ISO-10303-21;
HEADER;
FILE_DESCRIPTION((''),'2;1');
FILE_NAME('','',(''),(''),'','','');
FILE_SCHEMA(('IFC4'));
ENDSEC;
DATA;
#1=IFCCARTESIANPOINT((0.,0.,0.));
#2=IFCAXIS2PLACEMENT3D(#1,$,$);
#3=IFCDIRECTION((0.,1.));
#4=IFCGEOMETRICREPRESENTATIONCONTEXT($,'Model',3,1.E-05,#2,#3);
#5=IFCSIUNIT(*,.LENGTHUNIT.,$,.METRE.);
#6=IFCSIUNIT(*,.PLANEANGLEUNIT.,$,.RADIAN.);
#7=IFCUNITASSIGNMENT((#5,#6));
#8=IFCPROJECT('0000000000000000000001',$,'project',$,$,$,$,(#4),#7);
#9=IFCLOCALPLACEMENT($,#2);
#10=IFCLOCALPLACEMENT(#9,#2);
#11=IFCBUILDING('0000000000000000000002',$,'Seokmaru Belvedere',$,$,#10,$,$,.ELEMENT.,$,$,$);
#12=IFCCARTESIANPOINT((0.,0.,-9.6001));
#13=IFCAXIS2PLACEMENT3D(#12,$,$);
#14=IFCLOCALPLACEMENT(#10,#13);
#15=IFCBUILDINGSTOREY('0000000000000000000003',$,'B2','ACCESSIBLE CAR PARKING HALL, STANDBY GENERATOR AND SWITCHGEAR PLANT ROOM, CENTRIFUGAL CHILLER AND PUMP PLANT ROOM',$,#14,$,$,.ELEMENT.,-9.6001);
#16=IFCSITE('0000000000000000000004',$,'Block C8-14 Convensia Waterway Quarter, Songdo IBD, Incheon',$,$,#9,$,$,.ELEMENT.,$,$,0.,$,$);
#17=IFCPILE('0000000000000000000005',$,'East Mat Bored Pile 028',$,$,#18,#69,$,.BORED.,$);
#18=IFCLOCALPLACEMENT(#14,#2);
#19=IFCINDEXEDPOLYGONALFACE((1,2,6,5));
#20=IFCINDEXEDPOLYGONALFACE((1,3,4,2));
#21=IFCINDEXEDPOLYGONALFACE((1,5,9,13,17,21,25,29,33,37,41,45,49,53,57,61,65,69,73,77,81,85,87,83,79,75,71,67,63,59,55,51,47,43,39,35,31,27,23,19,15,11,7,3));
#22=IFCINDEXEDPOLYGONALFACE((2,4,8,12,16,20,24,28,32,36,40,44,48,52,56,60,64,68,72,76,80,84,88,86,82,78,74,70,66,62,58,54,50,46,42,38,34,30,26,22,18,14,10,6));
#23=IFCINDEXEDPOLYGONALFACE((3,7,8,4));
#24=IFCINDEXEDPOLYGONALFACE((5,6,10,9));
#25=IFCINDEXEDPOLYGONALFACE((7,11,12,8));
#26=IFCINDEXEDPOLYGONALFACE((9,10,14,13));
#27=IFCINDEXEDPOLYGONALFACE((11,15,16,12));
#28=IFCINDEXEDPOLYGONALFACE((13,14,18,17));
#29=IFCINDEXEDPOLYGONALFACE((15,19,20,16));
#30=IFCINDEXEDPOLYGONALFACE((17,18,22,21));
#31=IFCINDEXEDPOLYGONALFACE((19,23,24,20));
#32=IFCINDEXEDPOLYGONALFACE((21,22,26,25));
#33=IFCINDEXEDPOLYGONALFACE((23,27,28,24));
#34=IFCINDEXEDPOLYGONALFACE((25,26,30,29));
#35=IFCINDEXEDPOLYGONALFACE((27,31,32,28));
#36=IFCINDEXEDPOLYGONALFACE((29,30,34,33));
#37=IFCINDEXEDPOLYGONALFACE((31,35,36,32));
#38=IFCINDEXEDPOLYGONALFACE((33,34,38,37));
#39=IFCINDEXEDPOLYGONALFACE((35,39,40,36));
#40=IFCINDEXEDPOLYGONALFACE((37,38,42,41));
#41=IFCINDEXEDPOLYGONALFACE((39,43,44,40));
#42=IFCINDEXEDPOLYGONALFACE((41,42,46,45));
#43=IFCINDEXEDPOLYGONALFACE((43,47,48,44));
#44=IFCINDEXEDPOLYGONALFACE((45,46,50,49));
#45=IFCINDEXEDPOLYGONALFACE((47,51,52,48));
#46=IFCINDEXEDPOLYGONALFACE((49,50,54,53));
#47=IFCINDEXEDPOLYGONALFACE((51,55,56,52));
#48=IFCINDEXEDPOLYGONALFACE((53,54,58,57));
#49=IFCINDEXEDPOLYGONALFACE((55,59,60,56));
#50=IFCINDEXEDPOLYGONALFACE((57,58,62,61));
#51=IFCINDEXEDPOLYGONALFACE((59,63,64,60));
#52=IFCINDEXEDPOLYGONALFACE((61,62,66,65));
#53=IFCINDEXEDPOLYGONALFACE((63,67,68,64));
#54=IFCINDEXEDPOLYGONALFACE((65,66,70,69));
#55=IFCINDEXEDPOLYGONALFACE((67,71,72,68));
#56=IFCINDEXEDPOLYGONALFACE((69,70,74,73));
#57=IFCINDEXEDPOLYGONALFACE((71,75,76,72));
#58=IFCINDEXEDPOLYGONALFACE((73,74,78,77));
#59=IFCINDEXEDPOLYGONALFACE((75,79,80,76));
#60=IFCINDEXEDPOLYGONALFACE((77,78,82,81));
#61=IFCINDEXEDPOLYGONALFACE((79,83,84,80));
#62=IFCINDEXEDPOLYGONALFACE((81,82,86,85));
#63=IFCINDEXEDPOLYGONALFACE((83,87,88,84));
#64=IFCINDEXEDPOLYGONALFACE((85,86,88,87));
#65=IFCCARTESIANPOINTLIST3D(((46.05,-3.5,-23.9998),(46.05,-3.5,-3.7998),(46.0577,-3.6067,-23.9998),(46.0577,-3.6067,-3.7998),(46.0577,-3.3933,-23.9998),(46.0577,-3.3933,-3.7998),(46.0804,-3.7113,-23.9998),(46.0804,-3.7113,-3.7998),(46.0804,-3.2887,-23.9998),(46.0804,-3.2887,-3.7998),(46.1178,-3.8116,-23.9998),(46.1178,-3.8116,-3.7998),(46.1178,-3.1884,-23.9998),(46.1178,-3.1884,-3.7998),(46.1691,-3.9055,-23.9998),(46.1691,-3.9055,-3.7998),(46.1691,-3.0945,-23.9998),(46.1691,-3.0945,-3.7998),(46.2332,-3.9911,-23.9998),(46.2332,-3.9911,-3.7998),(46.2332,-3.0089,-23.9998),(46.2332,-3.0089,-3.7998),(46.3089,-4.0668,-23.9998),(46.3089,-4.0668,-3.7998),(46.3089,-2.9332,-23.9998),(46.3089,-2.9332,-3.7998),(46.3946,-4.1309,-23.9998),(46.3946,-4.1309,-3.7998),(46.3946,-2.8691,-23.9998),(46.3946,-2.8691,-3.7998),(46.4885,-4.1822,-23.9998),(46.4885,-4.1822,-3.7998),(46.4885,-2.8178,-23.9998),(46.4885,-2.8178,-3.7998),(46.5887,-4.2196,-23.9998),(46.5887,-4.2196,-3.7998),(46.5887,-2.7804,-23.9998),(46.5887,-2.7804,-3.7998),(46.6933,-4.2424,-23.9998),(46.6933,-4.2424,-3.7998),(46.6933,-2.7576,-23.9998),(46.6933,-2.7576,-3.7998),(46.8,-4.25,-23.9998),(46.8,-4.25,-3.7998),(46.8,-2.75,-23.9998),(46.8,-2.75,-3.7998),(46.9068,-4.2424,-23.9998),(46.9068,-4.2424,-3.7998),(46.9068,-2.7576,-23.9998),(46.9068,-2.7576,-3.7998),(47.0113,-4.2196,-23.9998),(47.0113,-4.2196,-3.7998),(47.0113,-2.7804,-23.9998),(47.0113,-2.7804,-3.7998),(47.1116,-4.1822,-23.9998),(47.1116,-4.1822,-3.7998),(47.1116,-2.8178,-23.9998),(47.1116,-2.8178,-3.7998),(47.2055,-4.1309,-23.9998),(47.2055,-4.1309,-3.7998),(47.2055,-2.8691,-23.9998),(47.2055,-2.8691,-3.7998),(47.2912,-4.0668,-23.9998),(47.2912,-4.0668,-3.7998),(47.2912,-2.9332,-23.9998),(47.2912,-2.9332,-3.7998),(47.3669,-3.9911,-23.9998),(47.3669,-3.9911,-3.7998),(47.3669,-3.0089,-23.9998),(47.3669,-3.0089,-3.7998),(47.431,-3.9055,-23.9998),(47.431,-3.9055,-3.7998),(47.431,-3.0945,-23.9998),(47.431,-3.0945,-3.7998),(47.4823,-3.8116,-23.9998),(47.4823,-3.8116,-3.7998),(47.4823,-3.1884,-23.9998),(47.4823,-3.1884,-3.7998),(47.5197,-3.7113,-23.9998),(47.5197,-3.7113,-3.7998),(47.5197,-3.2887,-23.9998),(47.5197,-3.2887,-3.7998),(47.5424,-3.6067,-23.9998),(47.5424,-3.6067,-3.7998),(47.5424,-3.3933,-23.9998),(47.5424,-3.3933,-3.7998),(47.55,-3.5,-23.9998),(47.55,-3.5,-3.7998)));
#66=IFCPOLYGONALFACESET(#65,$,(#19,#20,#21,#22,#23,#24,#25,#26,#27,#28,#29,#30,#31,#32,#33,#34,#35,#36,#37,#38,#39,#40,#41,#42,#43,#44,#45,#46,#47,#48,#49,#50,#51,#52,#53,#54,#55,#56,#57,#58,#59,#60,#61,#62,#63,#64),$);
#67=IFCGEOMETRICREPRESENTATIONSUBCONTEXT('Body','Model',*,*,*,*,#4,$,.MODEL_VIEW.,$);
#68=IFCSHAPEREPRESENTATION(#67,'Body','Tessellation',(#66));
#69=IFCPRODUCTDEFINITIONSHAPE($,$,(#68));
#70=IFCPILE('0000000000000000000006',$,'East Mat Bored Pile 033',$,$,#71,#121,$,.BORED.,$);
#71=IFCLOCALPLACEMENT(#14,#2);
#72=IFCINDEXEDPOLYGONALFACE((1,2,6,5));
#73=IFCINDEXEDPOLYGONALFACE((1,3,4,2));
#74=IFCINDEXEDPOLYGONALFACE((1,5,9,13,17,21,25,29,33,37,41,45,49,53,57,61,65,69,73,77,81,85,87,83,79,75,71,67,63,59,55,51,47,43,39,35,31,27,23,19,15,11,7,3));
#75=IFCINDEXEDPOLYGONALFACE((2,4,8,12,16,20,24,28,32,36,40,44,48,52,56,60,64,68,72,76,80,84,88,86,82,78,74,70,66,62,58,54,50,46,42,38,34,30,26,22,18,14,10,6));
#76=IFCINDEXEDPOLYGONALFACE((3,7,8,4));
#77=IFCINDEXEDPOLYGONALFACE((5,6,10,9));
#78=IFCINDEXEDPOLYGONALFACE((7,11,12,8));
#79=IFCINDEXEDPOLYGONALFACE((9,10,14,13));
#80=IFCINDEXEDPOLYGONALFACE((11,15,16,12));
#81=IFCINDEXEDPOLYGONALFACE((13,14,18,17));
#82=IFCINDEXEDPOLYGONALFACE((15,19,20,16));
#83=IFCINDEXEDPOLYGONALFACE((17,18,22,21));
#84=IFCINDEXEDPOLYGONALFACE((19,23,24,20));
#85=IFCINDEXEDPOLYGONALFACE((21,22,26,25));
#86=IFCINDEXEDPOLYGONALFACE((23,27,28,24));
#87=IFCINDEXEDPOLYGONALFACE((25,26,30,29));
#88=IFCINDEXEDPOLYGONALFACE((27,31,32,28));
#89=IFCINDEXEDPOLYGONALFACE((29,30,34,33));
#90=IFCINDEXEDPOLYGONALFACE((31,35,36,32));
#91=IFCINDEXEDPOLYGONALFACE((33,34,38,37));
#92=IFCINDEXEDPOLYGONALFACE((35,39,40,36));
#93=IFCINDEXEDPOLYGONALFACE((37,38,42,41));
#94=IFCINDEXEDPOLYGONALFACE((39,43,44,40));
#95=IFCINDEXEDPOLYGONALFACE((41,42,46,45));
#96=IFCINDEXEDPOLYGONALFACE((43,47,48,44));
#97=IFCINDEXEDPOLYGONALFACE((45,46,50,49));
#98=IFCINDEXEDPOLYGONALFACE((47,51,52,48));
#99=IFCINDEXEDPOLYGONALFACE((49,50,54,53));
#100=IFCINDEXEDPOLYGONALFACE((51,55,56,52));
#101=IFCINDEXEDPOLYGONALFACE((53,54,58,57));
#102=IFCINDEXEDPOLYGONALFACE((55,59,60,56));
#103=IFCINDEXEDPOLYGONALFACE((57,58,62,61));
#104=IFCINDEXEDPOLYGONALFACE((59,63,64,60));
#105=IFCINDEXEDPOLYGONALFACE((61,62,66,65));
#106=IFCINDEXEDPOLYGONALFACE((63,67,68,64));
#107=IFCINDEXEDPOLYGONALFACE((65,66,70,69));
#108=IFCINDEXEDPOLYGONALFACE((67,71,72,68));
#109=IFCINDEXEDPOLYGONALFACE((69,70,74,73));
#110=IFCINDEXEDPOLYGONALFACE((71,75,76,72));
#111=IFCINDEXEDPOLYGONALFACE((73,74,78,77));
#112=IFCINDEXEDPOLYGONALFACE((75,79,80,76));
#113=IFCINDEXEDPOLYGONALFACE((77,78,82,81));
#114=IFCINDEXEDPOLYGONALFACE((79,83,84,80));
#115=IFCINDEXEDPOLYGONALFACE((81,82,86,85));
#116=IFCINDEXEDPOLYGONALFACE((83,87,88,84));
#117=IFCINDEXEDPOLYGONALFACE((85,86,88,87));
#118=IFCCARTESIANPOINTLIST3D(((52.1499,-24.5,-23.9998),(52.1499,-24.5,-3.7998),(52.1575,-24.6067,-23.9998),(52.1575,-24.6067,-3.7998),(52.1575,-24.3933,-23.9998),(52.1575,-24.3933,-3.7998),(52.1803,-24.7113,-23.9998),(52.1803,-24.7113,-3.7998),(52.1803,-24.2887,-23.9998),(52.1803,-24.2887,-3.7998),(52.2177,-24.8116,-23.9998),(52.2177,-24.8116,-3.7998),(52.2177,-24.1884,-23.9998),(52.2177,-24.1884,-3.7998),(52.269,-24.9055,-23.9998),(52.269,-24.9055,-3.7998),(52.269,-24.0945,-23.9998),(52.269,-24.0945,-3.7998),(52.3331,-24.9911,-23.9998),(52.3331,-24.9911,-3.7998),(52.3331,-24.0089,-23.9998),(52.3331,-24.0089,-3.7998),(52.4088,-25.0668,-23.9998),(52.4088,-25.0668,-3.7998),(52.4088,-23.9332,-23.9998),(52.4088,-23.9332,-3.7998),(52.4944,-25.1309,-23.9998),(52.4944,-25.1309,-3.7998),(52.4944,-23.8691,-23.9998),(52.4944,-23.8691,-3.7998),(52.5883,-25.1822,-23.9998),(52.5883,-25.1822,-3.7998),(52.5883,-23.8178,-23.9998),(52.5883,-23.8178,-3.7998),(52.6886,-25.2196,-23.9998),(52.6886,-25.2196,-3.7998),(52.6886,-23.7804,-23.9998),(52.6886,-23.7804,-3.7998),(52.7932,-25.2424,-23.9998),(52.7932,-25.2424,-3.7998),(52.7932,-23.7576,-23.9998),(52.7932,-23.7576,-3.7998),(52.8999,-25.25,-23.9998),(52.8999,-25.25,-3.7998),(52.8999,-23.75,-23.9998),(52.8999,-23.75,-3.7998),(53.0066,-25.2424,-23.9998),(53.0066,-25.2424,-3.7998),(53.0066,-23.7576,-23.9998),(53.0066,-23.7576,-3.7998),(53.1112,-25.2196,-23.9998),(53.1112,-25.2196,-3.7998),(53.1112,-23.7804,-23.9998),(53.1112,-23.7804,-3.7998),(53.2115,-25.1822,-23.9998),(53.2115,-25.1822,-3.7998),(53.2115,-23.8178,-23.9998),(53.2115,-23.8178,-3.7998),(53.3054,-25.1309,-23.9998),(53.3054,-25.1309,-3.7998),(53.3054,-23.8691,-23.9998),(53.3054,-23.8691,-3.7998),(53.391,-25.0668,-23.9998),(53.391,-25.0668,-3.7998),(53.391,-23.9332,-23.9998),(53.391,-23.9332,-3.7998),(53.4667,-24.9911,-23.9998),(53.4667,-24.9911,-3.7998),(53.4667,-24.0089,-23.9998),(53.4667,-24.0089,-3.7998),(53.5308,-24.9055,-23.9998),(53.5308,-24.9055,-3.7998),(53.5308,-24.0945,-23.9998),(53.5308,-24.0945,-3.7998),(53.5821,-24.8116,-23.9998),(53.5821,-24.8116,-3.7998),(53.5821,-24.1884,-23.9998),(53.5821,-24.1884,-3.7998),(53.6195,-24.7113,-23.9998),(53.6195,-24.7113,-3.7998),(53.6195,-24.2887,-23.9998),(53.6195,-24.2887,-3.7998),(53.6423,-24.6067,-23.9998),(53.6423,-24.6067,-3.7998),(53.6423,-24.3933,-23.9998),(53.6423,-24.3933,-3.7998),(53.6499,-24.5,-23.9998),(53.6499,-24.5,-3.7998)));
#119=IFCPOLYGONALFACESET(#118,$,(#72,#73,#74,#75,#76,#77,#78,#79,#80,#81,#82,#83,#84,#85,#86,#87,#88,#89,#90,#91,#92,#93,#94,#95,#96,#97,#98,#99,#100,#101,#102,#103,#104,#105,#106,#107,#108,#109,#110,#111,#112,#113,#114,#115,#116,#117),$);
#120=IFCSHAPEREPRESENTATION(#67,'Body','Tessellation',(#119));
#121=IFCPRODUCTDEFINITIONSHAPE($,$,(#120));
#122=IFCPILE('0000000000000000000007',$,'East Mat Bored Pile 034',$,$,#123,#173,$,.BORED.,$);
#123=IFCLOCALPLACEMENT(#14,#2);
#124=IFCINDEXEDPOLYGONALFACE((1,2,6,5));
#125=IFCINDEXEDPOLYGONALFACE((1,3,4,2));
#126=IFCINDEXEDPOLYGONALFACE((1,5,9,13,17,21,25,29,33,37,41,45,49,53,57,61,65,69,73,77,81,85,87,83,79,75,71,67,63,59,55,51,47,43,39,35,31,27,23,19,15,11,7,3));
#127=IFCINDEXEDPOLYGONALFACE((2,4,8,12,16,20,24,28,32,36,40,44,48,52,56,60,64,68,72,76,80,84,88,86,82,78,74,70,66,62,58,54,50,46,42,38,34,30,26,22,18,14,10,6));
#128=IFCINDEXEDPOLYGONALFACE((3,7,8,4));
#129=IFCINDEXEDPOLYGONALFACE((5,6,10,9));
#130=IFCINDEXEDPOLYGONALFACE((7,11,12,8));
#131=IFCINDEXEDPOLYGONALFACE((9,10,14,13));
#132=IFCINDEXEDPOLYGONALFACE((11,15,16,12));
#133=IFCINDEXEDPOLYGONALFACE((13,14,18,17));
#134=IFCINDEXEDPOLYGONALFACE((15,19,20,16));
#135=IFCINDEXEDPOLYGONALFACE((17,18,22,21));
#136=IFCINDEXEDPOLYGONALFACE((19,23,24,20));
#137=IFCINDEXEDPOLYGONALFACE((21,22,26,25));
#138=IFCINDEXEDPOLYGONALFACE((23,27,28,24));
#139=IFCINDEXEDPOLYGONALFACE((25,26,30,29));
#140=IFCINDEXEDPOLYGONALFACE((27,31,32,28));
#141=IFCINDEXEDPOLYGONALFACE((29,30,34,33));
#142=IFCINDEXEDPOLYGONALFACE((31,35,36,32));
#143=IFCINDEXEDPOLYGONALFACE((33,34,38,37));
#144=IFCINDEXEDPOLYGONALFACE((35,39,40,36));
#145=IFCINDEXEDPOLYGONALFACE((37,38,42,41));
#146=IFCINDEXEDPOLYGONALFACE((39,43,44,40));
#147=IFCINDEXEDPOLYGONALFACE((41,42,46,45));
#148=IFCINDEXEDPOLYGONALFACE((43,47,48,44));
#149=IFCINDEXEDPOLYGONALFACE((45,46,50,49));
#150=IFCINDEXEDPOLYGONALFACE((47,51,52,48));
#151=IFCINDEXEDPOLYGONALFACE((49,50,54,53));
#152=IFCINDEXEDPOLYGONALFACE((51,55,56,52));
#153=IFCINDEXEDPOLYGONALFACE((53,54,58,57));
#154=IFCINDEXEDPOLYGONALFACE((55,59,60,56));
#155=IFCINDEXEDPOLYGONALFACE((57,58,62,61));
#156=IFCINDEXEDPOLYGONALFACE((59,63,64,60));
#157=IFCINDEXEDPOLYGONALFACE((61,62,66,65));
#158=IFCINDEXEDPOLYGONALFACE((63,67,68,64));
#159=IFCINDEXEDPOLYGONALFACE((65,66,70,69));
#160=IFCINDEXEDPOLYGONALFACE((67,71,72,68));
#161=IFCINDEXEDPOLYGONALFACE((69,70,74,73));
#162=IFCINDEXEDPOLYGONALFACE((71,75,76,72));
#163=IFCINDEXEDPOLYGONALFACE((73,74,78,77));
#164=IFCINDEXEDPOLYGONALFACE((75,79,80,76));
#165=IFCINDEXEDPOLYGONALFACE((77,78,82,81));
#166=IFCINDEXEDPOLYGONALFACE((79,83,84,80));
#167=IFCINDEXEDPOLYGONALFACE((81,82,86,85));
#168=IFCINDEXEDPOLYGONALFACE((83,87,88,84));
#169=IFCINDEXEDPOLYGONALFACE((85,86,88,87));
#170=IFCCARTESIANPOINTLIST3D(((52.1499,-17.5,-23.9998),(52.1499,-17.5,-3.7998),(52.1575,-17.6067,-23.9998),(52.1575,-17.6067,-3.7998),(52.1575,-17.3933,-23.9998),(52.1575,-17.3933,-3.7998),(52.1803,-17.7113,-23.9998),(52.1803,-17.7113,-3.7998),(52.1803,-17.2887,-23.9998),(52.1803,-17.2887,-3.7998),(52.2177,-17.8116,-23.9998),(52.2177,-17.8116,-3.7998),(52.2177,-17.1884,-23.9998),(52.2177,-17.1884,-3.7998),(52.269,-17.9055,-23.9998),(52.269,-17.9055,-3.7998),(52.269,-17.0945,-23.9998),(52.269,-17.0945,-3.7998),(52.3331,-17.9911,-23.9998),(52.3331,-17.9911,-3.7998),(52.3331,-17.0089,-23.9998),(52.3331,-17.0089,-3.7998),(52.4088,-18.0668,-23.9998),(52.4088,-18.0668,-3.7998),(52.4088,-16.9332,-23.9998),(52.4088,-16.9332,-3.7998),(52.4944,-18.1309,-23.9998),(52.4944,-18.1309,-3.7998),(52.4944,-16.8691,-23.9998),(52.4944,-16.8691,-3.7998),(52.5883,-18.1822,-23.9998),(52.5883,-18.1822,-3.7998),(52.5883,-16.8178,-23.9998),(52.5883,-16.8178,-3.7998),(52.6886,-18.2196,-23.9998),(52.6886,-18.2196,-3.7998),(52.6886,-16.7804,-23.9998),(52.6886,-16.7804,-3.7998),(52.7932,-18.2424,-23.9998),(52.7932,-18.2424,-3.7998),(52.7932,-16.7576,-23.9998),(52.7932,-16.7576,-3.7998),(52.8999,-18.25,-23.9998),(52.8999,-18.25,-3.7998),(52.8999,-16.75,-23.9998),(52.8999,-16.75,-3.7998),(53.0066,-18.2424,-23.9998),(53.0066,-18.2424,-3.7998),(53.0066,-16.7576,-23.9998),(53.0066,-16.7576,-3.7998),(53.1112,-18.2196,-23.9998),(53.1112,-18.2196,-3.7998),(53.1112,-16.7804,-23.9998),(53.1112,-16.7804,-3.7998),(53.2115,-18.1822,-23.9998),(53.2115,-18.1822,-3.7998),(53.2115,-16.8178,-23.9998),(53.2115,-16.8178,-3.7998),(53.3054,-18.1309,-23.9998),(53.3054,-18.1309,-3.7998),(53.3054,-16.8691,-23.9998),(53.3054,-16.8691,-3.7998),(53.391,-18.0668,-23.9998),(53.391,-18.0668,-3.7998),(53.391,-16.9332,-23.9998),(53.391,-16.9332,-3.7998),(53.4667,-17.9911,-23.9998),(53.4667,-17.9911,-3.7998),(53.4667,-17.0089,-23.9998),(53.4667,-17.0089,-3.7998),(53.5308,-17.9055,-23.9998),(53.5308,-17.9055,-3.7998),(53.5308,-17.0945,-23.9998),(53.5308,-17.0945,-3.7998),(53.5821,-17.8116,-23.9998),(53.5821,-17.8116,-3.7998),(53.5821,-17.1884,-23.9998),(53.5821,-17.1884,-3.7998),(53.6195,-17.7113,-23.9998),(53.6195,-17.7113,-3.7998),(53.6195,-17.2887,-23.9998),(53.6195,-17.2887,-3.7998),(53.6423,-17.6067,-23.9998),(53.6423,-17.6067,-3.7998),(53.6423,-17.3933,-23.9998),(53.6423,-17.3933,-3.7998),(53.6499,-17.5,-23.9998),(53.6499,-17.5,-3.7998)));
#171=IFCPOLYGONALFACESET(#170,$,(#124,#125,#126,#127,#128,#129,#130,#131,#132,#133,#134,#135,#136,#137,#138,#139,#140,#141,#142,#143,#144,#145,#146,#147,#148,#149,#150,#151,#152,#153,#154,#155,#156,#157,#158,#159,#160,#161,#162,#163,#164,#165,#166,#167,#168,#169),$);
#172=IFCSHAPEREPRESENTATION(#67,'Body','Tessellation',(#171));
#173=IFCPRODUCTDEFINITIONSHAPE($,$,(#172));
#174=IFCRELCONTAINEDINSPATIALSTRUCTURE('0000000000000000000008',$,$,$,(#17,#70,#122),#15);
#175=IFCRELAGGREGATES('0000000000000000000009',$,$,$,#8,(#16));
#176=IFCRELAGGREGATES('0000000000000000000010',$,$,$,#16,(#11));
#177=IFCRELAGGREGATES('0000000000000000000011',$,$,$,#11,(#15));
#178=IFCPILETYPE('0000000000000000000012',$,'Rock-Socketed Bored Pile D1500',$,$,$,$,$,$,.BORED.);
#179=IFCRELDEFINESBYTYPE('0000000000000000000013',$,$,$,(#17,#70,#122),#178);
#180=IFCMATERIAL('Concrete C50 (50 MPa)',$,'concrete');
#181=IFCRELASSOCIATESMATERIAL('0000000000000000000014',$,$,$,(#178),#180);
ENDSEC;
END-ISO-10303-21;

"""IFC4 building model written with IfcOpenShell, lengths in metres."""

from ifc_helpers import new_model, si_unit, direction, frame, origin, origin_2d, place, context, subcontext, project, spatial, circle, extrude, source, transform, mapped, material, material_profile, profile_set, type_object, type_shapes, element, save


model = new_model("IFC4")

# Units and contexts
model_context = context("Model", 3, precision=1e-05, world=origin(), true_north=direction((0.0, 1.0)))
body_context = subcontext(model_context, "Body", "Model", "MODEL_VIEW")
ifc_project = project(units=[si_unit("LENGTHUNIT", "METRE"), si_unit("PLANEANGLEUNIT", "RADIAN")], contexts=[model_context])

# Site, building, storey
site_placement = place(None, origin())
site = spatial("IfcSite", under=ifc_project, at=site_placement, Name="Block C8-14 Convensia Waterway Quarter, Songdo IBD, Incheon", CompositionType="ELEMENT", RefElevation=0.0)
building_placement = place(site_placement, origin())
building = spatial("IfcBuilding", under=site, at=building_placement, Name="Seokmaru Belvedere", CompositionType="ELEMENT")
storey_placement = place(building_placement, frame((0.0, 0.0, -9.6001)))
storey = spatial("IfcBuildingStorey", under=building, at=storey_placement, Name="B2", Description="ACCESSIBLE CAR PARKING HALL, STANDBY GENERATOR AND SWITCHGEAR PLANT ROOM, CENTRIFUGAL CHILLER AND PUMP PLANT ROOM", CompositionType="ELEMENT", Elevation=-9.6001)

# Shared definitions
ifc_material_1 = material(Name="Concrete C50 (50 MPa)", Category="concrete")

# Piles
ifc_material_profile_1 = material_profile(ifc_material_1, circle(Radius=0.75, at=origin_2d()), Name="PILE-D1500")
ifc_profile_set_1 = profile_set([ifc_material_profile_1], Name="Concrete C50 (50 MPa)")
pile_type_1 = type_object("IfcPileType", Name="Rock-Socketed Bored Pile D1500", PredefinedType="BORED", material=ifc_profile_set_1)
shared_shape_1 = source(origin(), body_context, "Body", "SweptSolid", [
    extrude(circle(Radius=0.75, at=origin_2d()), origin(), (0.0, 0.0, 1.0), 20.2),
])
type_shapes(pile_type_1, [shared_shape_1])
for number, where, z_axis, x_axis, name in (
    (1, (46.8, -3.5, -3.7998), (0.0, 0.0, -1.0), (1.0, 0.0, 0.0), "East Mat Bored Pile 028"),
    (2, (52.8999, -24.5, -3.7998), (0.0, 0.0, -1.0), (1.0, 0.0, 0.0), "East Mat Bored Pile 033"),
    (3, (52.8999, -17.5, -3.7998), (0.0, 0.0, -1.0), (1.0, 0.0, 0.0), "East Mat Bored Pile 034"),
):
    element("IfcPile", number, at=place(storey_placement, frame(where, z_axis=z_axis, x_axis=x_axis)), inside=storey, type_object=pile_type_1, Name=name, PredefinedType="BORED", context=body_context, shape_type="MappedRepresentation", body=[
        mapped(shared_shape_1, transform((0.0, 0.0, 0.0), scale=1.0)),
    ])

save(model, "model.ifc")
